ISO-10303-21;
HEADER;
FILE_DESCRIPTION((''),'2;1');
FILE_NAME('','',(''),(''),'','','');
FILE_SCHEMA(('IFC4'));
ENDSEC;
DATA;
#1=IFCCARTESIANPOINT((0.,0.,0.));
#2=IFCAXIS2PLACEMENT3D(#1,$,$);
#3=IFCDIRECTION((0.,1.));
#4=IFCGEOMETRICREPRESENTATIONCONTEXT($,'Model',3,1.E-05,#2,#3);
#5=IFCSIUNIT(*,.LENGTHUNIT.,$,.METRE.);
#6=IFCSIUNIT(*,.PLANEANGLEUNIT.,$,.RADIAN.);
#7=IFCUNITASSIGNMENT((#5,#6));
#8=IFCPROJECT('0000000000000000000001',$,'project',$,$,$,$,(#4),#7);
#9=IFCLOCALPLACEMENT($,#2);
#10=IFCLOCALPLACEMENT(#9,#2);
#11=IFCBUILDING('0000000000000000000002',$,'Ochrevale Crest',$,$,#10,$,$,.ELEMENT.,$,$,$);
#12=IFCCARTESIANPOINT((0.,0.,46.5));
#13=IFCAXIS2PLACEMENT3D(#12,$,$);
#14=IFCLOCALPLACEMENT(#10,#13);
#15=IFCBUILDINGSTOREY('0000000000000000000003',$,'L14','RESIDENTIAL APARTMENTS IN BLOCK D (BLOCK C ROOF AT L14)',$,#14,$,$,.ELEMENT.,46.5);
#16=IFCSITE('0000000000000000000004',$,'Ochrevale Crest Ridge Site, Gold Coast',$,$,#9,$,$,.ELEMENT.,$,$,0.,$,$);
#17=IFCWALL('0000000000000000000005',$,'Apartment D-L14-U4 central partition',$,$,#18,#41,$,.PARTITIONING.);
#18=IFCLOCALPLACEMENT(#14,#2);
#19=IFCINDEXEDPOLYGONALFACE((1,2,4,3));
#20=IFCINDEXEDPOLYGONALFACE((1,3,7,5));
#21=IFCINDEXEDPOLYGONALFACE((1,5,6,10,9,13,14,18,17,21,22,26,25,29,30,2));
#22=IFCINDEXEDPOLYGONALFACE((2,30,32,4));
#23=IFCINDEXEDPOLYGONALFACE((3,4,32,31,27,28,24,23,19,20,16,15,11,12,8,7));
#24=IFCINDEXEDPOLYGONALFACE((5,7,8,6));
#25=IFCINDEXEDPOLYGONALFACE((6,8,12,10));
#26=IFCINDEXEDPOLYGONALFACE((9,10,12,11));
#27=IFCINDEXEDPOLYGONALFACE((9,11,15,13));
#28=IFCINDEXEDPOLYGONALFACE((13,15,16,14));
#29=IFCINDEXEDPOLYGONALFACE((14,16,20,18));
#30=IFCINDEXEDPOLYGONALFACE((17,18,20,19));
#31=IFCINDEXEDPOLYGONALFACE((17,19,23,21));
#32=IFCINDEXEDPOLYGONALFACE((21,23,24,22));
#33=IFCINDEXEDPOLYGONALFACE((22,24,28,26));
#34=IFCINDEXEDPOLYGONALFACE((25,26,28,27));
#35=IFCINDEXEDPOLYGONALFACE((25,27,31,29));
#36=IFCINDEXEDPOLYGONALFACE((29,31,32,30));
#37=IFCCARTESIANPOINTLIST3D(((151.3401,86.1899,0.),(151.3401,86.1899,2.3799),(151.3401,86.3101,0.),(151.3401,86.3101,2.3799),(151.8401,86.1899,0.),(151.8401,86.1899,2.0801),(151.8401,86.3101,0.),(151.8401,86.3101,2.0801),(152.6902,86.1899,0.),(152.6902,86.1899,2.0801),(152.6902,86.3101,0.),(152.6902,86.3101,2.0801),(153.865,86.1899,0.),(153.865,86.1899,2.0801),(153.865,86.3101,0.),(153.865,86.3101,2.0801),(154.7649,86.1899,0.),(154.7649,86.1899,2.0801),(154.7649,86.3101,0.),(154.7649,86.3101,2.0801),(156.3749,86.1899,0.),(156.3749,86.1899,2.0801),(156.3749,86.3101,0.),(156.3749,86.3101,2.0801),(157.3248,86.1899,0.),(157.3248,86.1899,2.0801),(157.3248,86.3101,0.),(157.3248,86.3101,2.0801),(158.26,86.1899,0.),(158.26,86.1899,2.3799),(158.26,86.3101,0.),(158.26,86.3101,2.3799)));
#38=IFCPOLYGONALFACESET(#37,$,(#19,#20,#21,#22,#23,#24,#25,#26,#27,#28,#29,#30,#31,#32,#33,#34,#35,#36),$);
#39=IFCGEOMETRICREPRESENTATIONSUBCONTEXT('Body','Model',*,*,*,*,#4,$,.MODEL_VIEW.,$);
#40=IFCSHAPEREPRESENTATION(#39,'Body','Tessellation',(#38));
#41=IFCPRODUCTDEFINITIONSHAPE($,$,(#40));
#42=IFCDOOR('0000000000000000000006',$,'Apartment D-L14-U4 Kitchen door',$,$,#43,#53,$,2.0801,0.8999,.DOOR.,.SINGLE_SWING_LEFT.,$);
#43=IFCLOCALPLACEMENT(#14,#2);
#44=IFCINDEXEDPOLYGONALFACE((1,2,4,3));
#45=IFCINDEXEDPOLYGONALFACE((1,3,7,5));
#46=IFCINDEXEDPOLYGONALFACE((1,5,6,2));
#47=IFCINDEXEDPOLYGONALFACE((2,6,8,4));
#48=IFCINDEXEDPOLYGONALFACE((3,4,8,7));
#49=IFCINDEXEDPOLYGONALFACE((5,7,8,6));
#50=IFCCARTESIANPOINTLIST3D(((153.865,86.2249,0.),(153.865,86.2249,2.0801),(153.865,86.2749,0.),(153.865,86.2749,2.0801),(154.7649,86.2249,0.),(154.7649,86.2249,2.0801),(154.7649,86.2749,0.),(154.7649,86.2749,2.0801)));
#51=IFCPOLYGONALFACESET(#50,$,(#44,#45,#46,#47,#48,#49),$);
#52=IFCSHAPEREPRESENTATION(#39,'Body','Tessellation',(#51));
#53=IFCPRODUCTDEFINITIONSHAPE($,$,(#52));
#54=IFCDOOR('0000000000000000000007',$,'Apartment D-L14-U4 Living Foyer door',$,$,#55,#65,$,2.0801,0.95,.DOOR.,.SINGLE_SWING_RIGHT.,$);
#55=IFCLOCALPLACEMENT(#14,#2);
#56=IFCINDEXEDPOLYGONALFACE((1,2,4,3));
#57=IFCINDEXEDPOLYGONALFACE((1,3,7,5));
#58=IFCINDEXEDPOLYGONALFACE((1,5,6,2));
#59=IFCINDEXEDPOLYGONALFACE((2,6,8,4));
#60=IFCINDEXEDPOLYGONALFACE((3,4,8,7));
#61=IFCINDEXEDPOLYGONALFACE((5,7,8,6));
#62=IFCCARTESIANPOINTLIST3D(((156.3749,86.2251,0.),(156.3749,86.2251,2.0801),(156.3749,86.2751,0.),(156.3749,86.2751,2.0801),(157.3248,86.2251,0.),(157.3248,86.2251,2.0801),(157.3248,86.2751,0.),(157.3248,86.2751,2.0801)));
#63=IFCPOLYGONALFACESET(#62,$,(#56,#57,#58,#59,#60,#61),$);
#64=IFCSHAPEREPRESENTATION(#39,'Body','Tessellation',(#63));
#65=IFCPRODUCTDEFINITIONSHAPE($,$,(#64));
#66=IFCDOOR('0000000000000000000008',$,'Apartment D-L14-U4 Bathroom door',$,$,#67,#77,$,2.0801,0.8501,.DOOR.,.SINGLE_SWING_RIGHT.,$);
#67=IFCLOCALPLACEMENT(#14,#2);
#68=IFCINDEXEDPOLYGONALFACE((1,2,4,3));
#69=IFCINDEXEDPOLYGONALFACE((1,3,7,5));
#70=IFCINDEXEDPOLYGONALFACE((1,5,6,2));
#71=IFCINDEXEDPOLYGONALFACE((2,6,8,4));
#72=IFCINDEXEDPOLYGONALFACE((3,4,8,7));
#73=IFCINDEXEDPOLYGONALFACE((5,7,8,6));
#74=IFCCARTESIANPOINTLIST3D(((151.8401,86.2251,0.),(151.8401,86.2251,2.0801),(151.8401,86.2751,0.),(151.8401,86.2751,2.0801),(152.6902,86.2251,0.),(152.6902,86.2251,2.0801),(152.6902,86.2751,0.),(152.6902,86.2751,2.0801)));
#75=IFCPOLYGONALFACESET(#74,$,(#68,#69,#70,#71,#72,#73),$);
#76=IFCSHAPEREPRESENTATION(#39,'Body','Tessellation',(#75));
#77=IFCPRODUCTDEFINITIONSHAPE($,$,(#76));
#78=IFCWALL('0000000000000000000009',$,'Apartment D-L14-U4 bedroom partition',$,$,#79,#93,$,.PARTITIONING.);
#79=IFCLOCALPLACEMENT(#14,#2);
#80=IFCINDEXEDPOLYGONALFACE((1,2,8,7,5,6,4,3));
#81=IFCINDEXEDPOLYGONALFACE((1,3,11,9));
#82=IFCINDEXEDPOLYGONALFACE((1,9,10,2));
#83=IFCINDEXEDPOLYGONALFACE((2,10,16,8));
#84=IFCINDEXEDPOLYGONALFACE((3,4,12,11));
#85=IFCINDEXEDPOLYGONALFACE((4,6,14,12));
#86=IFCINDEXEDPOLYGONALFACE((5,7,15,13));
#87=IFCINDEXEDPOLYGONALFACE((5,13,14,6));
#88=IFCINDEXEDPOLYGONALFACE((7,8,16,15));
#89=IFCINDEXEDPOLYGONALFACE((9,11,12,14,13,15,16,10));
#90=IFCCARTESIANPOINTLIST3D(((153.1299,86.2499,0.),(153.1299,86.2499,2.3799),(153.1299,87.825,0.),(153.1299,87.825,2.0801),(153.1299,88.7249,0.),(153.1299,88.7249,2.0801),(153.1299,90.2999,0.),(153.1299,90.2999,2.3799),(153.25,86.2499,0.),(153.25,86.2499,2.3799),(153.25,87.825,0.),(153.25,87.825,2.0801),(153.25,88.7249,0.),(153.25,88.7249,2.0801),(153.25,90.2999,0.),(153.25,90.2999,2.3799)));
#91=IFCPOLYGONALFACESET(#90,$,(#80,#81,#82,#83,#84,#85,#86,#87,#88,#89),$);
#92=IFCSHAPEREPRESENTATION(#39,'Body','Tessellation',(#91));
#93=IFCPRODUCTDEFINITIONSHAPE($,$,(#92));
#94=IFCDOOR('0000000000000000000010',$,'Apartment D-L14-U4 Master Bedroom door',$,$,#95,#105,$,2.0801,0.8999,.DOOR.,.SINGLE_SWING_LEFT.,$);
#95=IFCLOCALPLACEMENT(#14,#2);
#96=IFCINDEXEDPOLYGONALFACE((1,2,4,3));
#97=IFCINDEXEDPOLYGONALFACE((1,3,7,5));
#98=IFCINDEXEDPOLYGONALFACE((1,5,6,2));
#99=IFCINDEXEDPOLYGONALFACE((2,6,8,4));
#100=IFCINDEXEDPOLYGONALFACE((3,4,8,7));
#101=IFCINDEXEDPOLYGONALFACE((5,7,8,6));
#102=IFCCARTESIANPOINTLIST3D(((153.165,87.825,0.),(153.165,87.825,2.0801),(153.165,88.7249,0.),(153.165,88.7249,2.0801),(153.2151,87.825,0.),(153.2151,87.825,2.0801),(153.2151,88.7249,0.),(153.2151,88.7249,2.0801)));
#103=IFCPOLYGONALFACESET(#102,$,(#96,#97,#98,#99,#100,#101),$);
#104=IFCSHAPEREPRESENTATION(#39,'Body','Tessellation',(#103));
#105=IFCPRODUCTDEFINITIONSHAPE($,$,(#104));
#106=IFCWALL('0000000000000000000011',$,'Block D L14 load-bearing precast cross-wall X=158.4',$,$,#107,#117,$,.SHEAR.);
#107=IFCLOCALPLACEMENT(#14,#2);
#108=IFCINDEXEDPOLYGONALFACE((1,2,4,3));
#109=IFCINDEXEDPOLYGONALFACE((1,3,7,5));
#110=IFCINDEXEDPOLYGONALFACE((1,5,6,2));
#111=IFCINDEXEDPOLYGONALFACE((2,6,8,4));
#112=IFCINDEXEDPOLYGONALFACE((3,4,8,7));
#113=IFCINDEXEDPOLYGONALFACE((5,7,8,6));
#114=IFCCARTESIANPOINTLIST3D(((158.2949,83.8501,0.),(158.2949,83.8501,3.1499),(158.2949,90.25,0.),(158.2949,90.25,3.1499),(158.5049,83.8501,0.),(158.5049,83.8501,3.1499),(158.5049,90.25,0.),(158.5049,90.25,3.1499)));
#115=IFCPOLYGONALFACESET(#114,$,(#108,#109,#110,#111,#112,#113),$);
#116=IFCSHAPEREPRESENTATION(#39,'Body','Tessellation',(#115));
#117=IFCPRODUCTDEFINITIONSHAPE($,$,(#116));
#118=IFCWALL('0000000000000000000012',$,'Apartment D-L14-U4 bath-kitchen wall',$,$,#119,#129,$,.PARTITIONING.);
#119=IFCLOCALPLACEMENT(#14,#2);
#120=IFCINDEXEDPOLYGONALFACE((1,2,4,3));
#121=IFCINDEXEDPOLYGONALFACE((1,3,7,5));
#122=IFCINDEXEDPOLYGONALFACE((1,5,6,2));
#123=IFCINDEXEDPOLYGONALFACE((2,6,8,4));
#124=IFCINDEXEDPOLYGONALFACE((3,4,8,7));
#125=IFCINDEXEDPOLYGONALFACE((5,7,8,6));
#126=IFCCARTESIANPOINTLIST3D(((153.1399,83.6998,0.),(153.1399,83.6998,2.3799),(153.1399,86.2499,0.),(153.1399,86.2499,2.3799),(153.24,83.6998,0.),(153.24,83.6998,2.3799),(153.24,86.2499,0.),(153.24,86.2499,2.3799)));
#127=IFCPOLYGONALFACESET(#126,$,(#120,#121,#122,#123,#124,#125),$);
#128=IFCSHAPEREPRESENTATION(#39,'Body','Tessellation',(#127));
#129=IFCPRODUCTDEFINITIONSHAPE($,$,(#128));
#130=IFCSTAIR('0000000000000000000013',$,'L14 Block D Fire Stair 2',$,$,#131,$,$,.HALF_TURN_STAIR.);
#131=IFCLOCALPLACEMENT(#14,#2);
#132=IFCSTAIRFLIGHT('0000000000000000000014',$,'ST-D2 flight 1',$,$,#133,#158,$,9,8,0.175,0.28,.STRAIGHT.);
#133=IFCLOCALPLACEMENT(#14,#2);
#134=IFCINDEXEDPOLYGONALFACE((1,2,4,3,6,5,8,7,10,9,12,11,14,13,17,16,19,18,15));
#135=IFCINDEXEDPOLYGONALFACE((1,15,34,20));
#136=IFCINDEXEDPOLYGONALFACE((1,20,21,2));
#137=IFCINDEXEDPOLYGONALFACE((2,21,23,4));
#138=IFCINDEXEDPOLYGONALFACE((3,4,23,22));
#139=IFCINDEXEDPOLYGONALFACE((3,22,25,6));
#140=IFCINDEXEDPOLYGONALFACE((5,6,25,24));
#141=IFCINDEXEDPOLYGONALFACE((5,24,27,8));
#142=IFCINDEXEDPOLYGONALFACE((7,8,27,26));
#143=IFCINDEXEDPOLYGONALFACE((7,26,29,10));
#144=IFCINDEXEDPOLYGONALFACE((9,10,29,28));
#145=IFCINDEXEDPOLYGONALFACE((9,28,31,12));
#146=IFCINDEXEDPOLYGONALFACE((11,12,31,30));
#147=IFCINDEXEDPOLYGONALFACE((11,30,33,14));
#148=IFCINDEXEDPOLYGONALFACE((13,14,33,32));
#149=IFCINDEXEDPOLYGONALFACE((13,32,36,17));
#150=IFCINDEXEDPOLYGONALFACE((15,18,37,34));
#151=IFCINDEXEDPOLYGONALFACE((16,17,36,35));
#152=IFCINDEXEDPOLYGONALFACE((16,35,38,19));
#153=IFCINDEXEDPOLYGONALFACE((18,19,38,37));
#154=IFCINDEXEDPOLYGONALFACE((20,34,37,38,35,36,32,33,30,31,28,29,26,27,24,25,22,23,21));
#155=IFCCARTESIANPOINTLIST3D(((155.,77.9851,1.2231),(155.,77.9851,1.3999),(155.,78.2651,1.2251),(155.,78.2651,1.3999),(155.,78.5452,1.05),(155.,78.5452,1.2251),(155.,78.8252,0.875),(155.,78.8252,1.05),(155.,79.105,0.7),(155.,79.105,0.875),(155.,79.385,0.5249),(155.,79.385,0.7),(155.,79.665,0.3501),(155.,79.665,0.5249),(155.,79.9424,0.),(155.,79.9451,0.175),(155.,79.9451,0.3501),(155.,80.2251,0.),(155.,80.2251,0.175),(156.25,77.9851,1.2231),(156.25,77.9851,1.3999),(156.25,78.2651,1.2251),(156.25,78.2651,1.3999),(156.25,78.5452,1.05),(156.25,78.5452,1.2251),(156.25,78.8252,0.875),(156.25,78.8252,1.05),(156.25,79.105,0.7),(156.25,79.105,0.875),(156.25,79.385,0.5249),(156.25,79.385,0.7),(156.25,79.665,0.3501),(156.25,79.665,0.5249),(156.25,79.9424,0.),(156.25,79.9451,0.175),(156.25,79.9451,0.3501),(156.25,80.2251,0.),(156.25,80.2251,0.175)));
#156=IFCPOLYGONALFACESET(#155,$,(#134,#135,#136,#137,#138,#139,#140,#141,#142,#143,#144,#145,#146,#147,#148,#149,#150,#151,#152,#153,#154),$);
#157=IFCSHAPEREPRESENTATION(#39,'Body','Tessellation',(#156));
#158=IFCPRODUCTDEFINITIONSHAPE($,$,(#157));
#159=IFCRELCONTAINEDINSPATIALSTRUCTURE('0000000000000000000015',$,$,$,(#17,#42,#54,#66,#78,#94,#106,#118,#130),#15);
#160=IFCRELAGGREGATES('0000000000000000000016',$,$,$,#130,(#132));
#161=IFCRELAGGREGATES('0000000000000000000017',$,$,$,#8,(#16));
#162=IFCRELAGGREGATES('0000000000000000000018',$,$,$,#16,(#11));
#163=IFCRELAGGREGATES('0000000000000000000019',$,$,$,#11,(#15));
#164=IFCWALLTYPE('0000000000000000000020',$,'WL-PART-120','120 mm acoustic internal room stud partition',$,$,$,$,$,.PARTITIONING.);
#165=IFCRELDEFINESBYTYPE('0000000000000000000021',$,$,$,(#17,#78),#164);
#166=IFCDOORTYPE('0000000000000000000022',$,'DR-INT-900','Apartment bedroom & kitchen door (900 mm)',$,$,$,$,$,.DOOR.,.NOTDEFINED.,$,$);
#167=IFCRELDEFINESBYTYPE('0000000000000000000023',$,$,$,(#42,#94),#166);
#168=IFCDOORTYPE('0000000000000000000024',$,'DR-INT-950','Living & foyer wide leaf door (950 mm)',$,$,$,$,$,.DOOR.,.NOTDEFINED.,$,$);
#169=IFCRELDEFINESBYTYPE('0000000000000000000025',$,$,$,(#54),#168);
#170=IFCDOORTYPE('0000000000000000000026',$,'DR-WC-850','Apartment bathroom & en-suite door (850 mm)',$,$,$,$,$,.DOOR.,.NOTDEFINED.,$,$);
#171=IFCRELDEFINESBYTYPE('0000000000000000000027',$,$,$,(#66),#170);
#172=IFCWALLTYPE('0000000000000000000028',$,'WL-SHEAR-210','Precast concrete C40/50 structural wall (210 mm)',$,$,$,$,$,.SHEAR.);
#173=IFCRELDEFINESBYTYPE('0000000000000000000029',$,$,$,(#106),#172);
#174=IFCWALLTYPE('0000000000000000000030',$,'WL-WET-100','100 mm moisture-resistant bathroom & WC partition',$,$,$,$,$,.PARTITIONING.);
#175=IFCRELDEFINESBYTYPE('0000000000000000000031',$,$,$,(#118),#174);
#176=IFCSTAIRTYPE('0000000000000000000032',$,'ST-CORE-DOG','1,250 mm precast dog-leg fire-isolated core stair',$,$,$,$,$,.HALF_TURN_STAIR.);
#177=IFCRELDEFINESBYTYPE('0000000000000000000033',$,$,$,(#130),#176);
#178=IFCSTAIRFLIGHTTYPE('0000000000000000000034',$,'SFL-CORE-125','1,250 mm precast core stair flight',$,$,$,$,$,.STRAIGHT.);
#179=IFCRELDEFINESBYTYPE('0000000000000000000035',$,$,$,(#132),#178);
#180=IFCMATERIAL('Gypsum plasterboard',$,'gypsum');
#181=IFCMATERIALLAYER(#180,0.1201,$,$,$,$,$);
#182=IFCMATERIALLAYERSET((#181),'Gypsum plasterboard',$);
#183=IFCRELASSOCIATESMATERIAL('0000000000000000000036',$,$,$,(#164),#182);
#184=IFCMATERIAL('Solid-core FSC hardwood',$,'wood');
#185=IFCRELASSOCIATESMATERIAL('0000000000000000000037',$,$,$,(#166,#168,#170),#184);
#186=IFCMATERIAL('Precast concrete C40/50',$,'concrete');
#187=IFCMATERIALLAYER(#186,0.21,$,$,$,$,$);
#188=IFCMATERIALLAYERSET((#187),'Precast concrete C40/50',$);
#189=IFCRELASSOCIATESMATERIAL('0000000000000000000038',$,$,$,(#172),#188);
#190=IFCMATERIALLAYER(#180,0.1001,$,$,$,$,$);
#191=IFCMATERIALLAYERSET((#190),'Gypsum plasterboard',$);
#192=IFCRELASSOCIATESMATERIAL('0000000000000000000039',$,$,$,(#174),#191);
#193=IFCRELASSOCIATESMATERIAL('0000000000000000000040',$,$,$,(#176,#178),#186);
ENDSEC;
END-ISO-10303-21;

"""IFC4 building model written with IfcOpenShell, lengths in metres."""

from ifc_helpers import new_model, si_unit, direction, frame, frame_2d, origin, place, context, subcontext, project, spatial, polyline, rectangle, outline, extrude, material, layer, layer_set, type_object, element, fill, aggregate, save


model = new_model("IFC4")

# Units and contexts
model_context = context("Model", 3, precision=1e-05, world=origin(), true_north=direction((0.0, 1.0)))
body_context = subcontext(model_context, "Body", "Model", "MODEL_VIEW")
ifc_project = project(units=[si_unit("LENGTHUNIT", "METRE"), si_unit("PLANEANGLEUNIT", "RADIAN")], contexts=[model_context])

# Site, building, storey
site_placement = place(None, origin())
site = spatial("IfcSite", under=ifc_project, at=site_placement, Name="Ochrevale Crest Ridge Site, Gold Coast", CompositionType="ELEMENT", RefElevation=0.0)
building_placement = place(site_placement, origin())
building = spatial("IfcBuilding", under=site, at=building_placement, Name="Ochrevale Crest", CompositionType="ELEMENT")
storey_placement = place(building_placement, frame((0.0, 0.0, 46.5)))
storey = spatial("IfcBuildingStorey", under=building, at=storey_placement, Name="L14", Description="RESIDENTIAL APARTMENTS IN BLOCK D (BLOCK C ROOF AT L14)", CompositionType="ELEMENT", Elevation=46.5)

# Shared definitions
ifc_material_1 = material(Name="Precast concrete C40/50", Category="concrete")

# Shared definitions
ifc_material_2 = material(Name="Gypsum plasterboard", Category="gypsum")
ifc_material_3 = material(Name="Solid-core FSC hardwood", Category="wood")

# Shared definitions
ifc_layer_1 = layer(ifc_material_2, 0.1201)
ifc_layer_set_1 = layer_set([ifc_layer_1], Name="Gypsum plasterboard")
wall_type_1 = type_object("IfcWallType", Name="WL-PART-120", Description="120 mm acoustic internal room stud partition", PredefinedType="PARTITIONING", material=ifc_layer_set_1)

# Wall, openings, doors
wall_1_placement = place(storey_placement, frame((151.3401, 86.25, 0.0), z_axis=(0.0, 0.0, 1.0), x_axis=(1.0, 0.0, 0.0)))
wall_1 = element("IfcWall", 1, at=wall_1_placement, inside=storey, type_object=wall_type_1, Name="Apartment D-L14-U4 central partition", PredefinedType="PARTITIONING", context=body_context, shape_type="SweptSolid", body=[
    extrude(rectangle(XDim=6.9199, YDim=0.1201, at=frame_2d((3.46, 0.0))), origin(), (0.0, 0.0, 1.0), 2.3799),
])
opening_1_placement = place(wall_1_placement, frame((1.3501, 0.0, 0.0), z_axis=(0.0, 0.0, 1.0), x_axis=(-1.0, 0.0, 0.0)))
opening_1 = element("IfcOpeningElement", 2, at=opening_1_placement, cuts=wall_1, PredefinedType="OPENING", context=body_context, shape_type="SweptSolid", body=[
    extrude(rectangle(XDim=0.8501, YDim=2.0801, at=frame_2d((0.425, 1.04))), frame((0.0, 0.0701, 0.0), z_axis=(0.0, -1.0, 0.0), x_axis=(1.0, 0.0, 0.0)), (0.0, 0.0, 1.0), 0.1401),
])
opening_2_placement = place(wall_1_placement, frame((2.5249, 0.0, 0.0)))
opening_2 = element("IfcOpeningElement", 3, at=opening_2_placement, cuts=wall_1, PredefinedType="OPENING", context=body_context, shape_type="SweptSolid", body=[
    extrude(rectangle(XDim=0.8999, YDim=2.0801, at=frame_2d((0.45, 1.04))), frame((0.0, 0.0701, 0.0), z_axis=(0.0, -1.0, 0.0), x_axis=(1.0, 0.0, 0.0)), (0.0, 0.0, 1.0), 0.1401),
])
opening_3_placement = place(wall_1_placement, frame((5.9849, 0.0, 0.0), z_axis=(0.0, 0.0, 1.0), x_axis=(-1.0, 0.0, 0.0)))
opening_3 = element("IfcOpeningElement", 4, at=opening_3_placement, cuts=wall_1, PredefinedType="OPENING", context=body_context, shape_type="SweptSolid", body=[
    extrude(rectangle(XDim=0.95, YDim=2.0801, at=frame_2d((0.4751, 1.04))), frame((0.0, 0.0701, 0.0), z_axis=(0.0, -1.0, 0.0), x_axis=(1.0, 0.0, 0.0)), (0.0, 0.0, 1.0), 0.1401),
])
door_type_1 = type_object("IfcDoorType", Name="DR-INT-900", Description="Apartment bedroom & kitchen door (900 mm)", OperationType="NOTDEFINED", PredefinedType="DOOR", material=ifc_material_3)
door_1_placement = place(opening_2_placement, origin())
door_1 = element("IfcDoor", 5, at=door_1_placement, inside=storey, type_object=door_type_1, Name="Apartment D-L14-U4 Kitchen door", OperationType="SINGLE_SWING_LEFT", OverallHeight=2.0801, OverallWidth=0.8999, PredefinedType="DOOR", context=body_context, shape_type="SweptSolid", body=[
    extrude(rectangle(XDim=0.8999, YDim=2.0801, at=frame_2d((0.45, 1.04))), frame((0.0, 0.0249, 0.0), z_axis=(0.0, -1.0, 0.0), x_axis=(1.0, 0.0, 0.0)), (0.0, 0.0, 1.0), 0.05),
])
fill(opening_2, door_1)
door_type_2 = type_object("IfcDoorType", Name="DR-INT-950", Description="Living & foyer wide leaf door (950 mm)", OperationType="NOTDEFINED", PredefinedType="DOOR", material=ifc_material_3)
door_2_placement = place(opening_3_placement, origin())
door_2 = element("IfcDoor", 6, at=door_2_placement, inside=storey, type_object=door_type_2, Name="Apartment D-L14-U4 Living Foyer door", OperationType="SINGLE_SWING_RIGHT", OverallHeight=2.0801, OverallWidth=0.95, PredefinedType="DOOR", context=body_context, shape_type="SweptSolid", body=[
    extrude(rectangle(XDim=0.95, YDim=2.0801, at=frame_2d((0.4751, 1.04))), frame((0.0, 0.0249, 0.0), z_axis=(0.0, -1.0, 0.0), x_axis=(1.0, 0.0, 0.0)), (0.0, 0.0, 1.0), 0.05),
])
fill(opening_3, door_2)
door_type_3 = type_object("IfcDoorType", Name="DR-WC-850", Description="Apartment bathroom & en-suite door (850 mm)", OperationType="NOTDEFINED", PredefinedType="DOOR", material=ifc_material_3)
door_3_placement = place(opening_1_placement, origin())
door_3 = element("IfcDoor", 7, at=door_3_placement, inside=storey, type_object=door_type_3, Name="Apartment D-L14-U4 Bathroom door", OperationType="SINGLE_SWING_RIGHT", OverallHeight=2.0801, OverallWidth=0.8501, PredefinedType="DOOR", context=body_context, shape_type="SweptSolid", body=[
    extrude(rectangle(XDim=0.8501, YDim=2.0801, at=frame_2d((0.425, 1.04))), frame((0.0, 0.0249, 0.0), z_axis=(0.0, -1.0, 0.0), x_axis=(1.0, 0.0, 0.0)), (0.0, 0.0, 1.0), 0.05),
])
fill(opening_1, door_3)

# Wall, opening, door
wall_2_placement = place(storey_placement, frame((153.1899, 86.25, 0.0), z_axis=(0.0, 0.0, 1.0), x_axis=(0.0, 1.0, 0.0)))
wall_2 = element("IfcWall", 8, at=wall_2_placement, inside=storey, type_object=wall_type_1, Name="Apartment D-L14-U4 bedroom partition", PredefinedType="PARTITIONING", context=body_context, shape_type="SweptSolid", body=[
    extrude(rectangle(XDim=4.05, YDim=0.1201, at=frame_2d((2.0249, 0.0))), origin(), (0.0, 0.0, 1.0), 2.3799),
])
opening_4_placement = place(wall_2_placement, frame((1.575, 0.0, 0.0)))
opening_4 = element("IfcOpeningElement", 9, at=opening_4_placement, cuts=wall_2, PredefinedType="OPENING", context=body_context, shape_type="SweptSolid", body=[
    extrude(rectangle(XDim=0.8999, YDim=2.0801, at=frame_2d((0.45, 1.04))), frame((0.0, 0.0701, 0.0), z_axis=(0.0, -1.0, 0.0), x_axis=(1.0, 0.0, 0.0)), (0.0, 0.0, 1.0), 0.1401),
])
door_4_placement = place(opening_4_placement, origin())
door_4 = element("IfcDoor", 10, at=door_4_placement, inside=storey, type_object=door_type_1, Name="Apartment D-L14-U4 Master Bedroom door", OperationType="SINGLE_SWING_LEFT", OverallHeight=2.0801, OverallWidth=0.8999, PredefinedType="DOOR", context=body_context, shape_type="SweptSolid", body=[
    extrude(rectangle(XDim=0.8999, YDim=2.0801, at=frame_2d((0.45, 1.04))), frame((0.0, 0.0249, 0.0), z_axis=(0.0, -1.0, 0.0), x_axis=(1.0, 0.0, 0.0)), (0.0, 0.0, 1.0), 0.05),
])
fill(opening_4, door_4)

# Walls
ifc_layer_2 = layer(ifc_material_1, 0.21)
ifc_layer_set_2 = layer_set([ifc_layer_2], Name="Precast concrete C40/50")
wall_type_2 = type_object("IfcWallType", Name="WL-SHEAR-210", Description="Precast concrete C40/50 structural wall (210 mm)", PredefinedType="SHEAR", material=ifc_layer_set_2)
wall_3_placement = place(storey_placement, frame((158.3999, 83.8501, 0.0), z_axis=(0.0, 0.0, 1.0), x_axis=(0.0, 1.0, 0.0)))
element("IfcWall", 11, at=wall_3_placement, inside=storey, type_object=wall_type_2, Name="Block D L14 load-bearing precast cross-wall X=158.4", PredefinedType="SHEAR", context=body_context, shape_type="SweptSolid", body=[
    extrude(rectangle(XDim=6.3999, YDim=0.21, at=frame_2d((3.2, 0.0))), origin(), (0.0, 0.0, 1.0), 3.1499),
])
ifc_layer_3 = layer(ifc_material_2, 0.1001)
ifc_layer_set_3 = layer_set([ifc_layer_3], Name="Gypsum plasterboard")
wall_type_3 = type_object("IfcWallType", Name="WL-WET-100", Description="100 mm moisture-resistant bathroom & WC partition", PredefinedType="PARTITIONING", material=ifc_layer_set_3)
wall_4_placement = place(storey_placement, frame((153.1899, 83.7, 0.0), z_axis=(0.0, 0.0, 1.0), x_axis=(0.0, 1.0, 0.0)))
element("IfcWall", 12, at=wall_4_placement, inside=storey, type_object=wall_type_3, Name="Apartment D-L14-U4 bath-kitchen wall", PredefinedType="PARTITIONING", context=body_context, shape_type="SweptSolid", body=[
    extrude(rectangle(XDim=2.55, YDim=0.1001, at=frame_2d((1.2749, 0.0))), origin(), (0.0, 0.0, 1.0), 2.3799),
])

# Stair, stair flight
stair_type = type_object("IfcStairType", Name="ST-CORE-DOG", Description="1,250 mm precast dog-leg fire-isolated core stair", PredefinedType="HALF_TURN_STAIR", material=ifc_material_1)
stair_placement = place(storey_placement, origin())
stair = element("IfcStair", 13, at=stair_placement, inside=storey, type_object=stair_type, Name="L14 Block D Fire Stair 2", PredefinedType="HALF_TURN_STAIR")
stair_flight_type = type_object("IfcStairFlightType", Name="SFL-CORE-125", Description="1,250 mm precast core stair flight", PredefinedType="STRAIGHT", material=ifc_material_1)
stair_flight_1_placement = place(storey_placement, frame((155.625, 80.2251, 0.0), z_axis=(0.0, 0.0, 1.0), x_axis=(0.0, -1.0, 0.0)))
stair_flight_1 = element("IfcStairFlight", 14, at=stair_flight_1_placement, type_object=stair_flight_type, Name="ST-D2 flight 1", NumberOfRisers=9, NumberOfTreads=8, PredefinedType="STRAIGHT", RiserHeight=0.175, TreadLength=0.28, context=body_context, shape_type="SweptSolid", body=[
    extrude(outline(polyline([(0.0, 0.0), (0.0, 0.175), (0.28, 0.175), (0.28, 0.3501), (0.5601, 0.3501), (0.5601, 0.5249), (0.8401, 0.5249), (0.8401, 0.7), (1.1201, 0.7), (1.1201, 0.875), (1.3999, 0.875), (1.3999, 1.05), (1.6799, 1.05), (1.6799, 1.2251), (1.96, 1.2251), (1.96, 1.3999), (2.24, 1.3999), (2.24, 1.575), (2.24, 1.2231), (0.2827, 0.0), (0.0, 0.0)])), frame((0.0, 0.625, 0.0), z_axis=(0.0, -1.0, 0.0), x_axis=(1.0, 0.0, 0.0)), (0.0, 0.0, 1.0), 1.25),
])
aggregate(stair, [stair_flight_1])

save(model, "model.ifc")
